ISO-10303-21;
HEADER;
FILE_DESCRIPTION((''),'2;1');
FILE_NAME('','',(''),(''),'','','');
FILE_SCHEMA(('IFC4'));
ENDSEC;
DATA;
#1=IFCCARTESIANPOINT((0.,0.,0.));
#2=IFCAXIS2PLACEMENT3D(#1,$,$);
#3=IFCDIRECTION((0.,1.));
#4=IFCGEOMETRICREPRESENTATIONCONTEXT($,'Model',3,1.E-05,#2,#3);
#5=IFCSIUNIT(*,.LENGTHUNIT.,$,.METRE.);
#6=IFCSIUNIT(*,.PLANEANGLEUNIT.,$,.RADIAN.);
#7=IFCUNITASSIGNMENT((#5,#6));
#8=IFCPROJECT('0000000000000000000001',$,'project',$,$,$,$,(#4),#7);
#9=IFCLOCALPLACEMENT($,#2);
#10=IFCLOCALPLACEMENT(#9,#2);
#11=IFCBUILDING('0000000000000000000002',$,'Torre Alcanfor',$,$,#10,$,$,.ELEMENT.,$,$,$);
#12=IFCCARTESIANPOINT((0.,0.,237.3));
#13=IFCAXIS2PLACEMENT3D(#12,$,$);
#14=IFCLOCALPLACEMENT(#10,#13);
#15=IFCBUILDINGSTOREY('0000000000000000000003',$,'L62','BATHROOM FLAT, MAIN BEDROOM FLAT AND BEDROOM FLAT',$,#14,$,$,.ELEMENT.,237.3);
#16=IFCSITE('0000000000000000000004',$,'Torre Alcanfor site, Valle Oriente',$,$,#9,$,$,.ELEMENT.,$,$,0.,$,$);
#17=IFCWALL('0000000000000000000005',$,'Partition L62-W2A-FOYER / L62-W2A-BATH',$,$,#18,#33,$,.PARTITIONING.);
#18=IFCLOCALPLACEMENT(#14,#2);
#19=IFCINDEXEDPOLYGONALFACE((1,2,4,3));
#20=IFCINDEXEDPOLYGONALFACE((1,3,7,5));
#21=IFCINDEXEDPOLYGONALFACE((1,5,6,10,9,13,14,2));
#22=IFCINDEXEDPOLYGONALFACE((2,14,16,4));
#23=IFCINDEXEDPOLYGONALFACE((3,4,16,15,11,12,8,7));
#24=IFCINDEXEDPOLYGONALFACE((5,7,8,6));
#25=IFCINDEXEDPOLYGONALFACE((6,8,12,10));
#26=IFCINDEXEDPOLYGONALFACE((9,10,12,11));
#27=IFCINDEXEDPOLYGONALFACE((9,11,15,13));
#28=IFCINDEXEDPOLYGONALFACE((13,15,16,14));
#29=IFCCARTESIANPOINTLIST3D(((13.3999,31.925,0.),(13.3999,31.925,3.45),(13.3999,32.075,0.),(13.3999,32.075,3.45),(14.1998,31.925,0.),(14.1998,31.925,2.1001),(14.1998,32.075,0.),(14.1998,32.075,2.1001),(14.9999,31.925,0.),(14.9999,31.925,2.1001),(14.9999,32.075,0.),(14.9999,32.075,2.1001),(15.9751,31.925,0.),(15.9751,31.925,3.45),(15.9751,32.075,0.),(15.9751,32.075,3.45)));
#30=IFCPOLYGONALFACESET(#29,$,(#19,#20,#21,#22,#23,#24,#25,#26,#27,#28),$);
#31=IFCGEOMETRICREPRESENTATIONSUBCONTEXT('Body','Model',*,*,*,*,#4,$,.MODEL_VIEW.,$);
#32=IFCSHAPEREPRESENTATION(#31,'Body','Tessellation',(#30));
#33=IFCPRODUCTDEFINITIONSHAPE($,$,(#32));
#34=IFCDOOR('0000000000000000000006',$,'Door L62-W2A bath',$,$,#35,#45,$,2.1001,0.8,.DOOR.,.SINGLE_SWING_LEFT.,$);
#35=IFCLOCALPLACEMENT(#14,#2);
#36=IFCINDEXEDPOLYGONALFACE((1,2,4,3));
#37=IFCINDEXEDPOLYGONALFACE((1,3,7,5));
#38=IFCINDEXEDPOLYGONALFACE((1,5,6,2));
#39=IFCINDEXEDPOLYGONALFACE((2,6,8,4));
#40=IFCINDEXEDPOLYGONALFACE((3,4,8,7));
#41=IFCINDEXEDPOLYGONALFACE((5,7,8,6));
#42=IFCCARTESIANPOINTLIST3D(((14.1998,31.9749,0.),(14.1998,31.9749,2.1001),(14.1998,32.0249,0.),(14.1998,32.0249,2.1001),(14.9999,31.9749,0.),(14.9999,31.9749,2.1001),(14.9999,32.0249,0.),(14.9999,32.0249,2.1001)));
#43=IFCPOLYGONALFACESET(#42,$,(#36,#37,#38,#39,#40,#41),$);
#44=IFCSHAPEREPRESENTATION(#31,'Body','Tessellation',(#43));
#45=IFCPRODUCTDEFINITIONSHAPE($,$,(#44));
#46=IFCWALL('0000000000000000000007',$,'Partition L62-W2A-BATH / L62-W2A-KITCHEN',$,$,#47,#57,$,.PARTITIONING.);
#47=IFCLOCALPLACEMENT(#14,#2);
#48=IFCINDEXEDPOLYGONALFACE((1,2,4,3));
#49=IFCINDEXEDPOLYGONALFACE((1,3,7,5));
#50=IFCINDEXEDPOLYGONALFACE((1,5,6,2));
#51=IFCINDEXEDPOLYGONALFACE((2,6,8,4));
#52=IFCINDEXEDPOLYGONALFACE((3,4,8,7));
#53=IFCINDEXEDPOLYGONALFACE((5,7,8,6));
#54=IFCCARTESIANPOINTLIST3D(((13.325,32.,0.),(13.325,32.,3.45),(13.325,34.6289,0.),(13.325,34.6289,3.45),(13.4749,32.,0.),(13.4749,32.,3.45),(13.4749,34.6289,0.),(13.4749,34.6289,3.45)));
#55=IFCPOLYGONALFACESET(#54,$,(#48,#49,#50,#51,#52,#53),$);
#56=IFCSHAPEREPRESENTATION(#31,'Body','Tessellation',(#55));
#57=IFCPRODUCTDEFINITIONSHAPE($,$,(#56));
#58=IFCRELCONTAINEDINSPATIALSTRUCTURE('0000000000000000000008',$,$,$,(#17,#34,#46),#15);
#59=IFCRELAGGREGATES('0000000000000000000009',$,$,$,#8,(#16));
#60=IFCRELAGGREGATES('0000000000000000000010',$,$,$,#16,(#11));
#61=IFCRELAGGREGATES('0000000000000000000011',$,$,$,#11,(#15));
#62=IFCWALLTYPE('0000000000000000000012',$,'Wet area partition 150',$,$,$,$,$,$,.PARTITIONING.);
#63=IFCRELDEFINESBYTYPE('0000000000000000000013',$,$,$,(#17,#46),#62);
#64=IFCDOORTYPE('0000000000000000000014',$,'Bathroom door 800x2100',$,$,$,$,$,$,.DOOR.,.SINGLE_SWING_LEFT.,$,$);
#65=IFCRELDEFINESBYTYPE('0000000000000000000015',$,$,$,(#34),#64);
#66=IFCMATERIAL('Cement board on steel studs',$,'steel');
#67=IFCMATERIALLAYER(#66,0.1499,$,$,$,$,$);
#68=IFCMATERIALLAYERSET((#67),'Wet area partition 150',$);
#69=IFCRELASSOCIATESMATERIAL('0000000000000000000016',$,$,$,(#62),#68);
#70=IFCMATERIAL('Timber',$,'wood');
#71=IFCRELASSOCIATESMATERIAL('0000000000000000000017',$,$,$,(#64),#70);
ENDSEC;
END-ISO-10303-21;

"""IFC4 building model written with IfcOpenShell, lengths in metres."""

from ifc_helpers import new_model, si_unit, direction, frame, frame_2d, origin, place, context, subcontext, project, spatial, rectangle, extrude, material, layer, layer_set, type_object, element, fill, save


model = new_model("IFC4")

# Units and contexts
model_context = context("Model", 3, precision=1e-05, world=origin(), true_north=direction((0.0, 1.0)))
body_context = subcontext(model_context, "Body", "Model", "MODEL_VIEW")
ifc_project = project(units=[si_unit("LENGTHUNIT", "METRE"), si_unit("PLANEANGLEUNIT", "RADIAN")], contexts=[model_context])

# Site, building, storey
site_placement = place(None, origin())
site = spatial("IfcSite", under=ifc_project, at=site_placement, Name="Torre Alcanfor site, Valle Oriente", CompositionType="ELEMENT", RefElevation=0.0)
building_placement = place(site_placement, origin())
building = spatial("IfcBuilding", under=site, at=building_placement, Name="Torre Alcanfor", CompositionType="ELEMENT")
storey_placement = place(building_placement, frame((0.0, 0.0, 237.3)))
storey = spatial("IfcBuildingStorey", under=building, at=storey_placement, Name="L62", Description="BATHROOM FLAT, MAIN BEDROOM FLAT AND BEDROOM FLAT", CompositionType="ELEMENT", Elevation=237.3)

# Wall, opening, door
ifc_material_1 = material(Name="Cement board on steel studs", Category="steel")
ifc_layer_1 = layer(ifc_material_1, 0.1499)
ifc_layer_set_1 = layer_set([ifc_layer_1], Name="Wet area partition 150")
wall_type_1 = type_object("IfcWallType", Name="Wet area partition 150", PredefinedType="PARTITIONING", material=ifc_layer_set_1)
wall_1_placement = place(storey_placement, frame((13.3999, 32.0, 0.0), z_axis=(0.0, 0.0, 1.0), x_axis=(1.0, 0.0, 0.0)))
wall_1 = element("IfcWall", 1, at=wall_1_placement, inside=storey, type_object=wall_type_1, Name="Partition L62-W2A-FOYER / L62-W2A-BATH", PredefinedType="PARTITIONING", context=body_context, shape_type="SweptSolid", body=[
    extrude(rectangle(XDim=2.5752, YDim=0.1499, at=frame_2d((1.2876, 0.0))), origin(), (0.0, 0.0, 1.0), 3.45),
])
opening_1_placement = place(wall_1_placement, frame((0.8, 0.0, 0.0)))
opening_1 = element("IfcOpeningElement", 2, at=opening_1_placement, cuts=wall_1, PredefinedType="OPENING", context=body_context, shape_type="SweptSolid", body=[
    extrude(rectangle(XDim=0.8, YDim=2.1001, at=frame_2d((0.3999, 1.05))), frame((0.0, 0.085, 0.0), z_axis=(0.0, -1.0, 0.0), x_axis=(1.0, 0.0, 0.0)), (0.0, 0.0, 1.0), 0.1699),
])
ifc_material_2 = material(Name="Timber", Category="wood")
door_type_1 = type_object("IfcDoorType", Name="Bathroom door 800x2100", OperationType="SINGLE_SWING_LEFT", PredefinedType="DOOR", material=ifc_material_2)
door_1_placement = place(opening_1_placement, origin())
door_1 = element("IfcDoor", 3, at=door_1_placement, inside=storey, type_object=door_type_1, Name="Door L62-W2A bath", OperationType="SINGLE_SWING_LEFT", OverallHeight=2.1001, OverallWidth=0.8, PredefinedType="DOOR", context=body_context, shape_type="SweptSolid", body=[
    extrude(rectangle(XDim=0.8, YDim=2.1001, at=frame_2d((0.3999, 1.05))), frame((0.0, 0.0249, 0.0), z_axis=(0.0, -1.0, 0.0), x_axis=(1.0, 0.0, 0.0)), (0.0, 0.0, 1.0), 0.05),
])
fill(opening_1, door_1)

# Wall
wall_2_placement = place(storey_placement, frame((13.3999, 32.0, 0.0), z_axis=(0.0, 0.0, 1.0), x_axis=(0.0, 1.0, 0.0)))
element("IfcWall", 4, at=wall_2_placement, inside=storey, type_object=wall_type_1, Name="Partition L62-W2A-BATH / L62-W2A-KITCHEN", PredefinedType="PARTITIONING", context=body_context, shape_type="SweptSolid", body=[
    extrude(rectangle(XDim=2.6289, YDim=0.1499, at=frame_2d((1.3145, 0.0))), origin(), (0.0, 0.0, 1.0), 3.45),
])

save(model, "model.ifc")
